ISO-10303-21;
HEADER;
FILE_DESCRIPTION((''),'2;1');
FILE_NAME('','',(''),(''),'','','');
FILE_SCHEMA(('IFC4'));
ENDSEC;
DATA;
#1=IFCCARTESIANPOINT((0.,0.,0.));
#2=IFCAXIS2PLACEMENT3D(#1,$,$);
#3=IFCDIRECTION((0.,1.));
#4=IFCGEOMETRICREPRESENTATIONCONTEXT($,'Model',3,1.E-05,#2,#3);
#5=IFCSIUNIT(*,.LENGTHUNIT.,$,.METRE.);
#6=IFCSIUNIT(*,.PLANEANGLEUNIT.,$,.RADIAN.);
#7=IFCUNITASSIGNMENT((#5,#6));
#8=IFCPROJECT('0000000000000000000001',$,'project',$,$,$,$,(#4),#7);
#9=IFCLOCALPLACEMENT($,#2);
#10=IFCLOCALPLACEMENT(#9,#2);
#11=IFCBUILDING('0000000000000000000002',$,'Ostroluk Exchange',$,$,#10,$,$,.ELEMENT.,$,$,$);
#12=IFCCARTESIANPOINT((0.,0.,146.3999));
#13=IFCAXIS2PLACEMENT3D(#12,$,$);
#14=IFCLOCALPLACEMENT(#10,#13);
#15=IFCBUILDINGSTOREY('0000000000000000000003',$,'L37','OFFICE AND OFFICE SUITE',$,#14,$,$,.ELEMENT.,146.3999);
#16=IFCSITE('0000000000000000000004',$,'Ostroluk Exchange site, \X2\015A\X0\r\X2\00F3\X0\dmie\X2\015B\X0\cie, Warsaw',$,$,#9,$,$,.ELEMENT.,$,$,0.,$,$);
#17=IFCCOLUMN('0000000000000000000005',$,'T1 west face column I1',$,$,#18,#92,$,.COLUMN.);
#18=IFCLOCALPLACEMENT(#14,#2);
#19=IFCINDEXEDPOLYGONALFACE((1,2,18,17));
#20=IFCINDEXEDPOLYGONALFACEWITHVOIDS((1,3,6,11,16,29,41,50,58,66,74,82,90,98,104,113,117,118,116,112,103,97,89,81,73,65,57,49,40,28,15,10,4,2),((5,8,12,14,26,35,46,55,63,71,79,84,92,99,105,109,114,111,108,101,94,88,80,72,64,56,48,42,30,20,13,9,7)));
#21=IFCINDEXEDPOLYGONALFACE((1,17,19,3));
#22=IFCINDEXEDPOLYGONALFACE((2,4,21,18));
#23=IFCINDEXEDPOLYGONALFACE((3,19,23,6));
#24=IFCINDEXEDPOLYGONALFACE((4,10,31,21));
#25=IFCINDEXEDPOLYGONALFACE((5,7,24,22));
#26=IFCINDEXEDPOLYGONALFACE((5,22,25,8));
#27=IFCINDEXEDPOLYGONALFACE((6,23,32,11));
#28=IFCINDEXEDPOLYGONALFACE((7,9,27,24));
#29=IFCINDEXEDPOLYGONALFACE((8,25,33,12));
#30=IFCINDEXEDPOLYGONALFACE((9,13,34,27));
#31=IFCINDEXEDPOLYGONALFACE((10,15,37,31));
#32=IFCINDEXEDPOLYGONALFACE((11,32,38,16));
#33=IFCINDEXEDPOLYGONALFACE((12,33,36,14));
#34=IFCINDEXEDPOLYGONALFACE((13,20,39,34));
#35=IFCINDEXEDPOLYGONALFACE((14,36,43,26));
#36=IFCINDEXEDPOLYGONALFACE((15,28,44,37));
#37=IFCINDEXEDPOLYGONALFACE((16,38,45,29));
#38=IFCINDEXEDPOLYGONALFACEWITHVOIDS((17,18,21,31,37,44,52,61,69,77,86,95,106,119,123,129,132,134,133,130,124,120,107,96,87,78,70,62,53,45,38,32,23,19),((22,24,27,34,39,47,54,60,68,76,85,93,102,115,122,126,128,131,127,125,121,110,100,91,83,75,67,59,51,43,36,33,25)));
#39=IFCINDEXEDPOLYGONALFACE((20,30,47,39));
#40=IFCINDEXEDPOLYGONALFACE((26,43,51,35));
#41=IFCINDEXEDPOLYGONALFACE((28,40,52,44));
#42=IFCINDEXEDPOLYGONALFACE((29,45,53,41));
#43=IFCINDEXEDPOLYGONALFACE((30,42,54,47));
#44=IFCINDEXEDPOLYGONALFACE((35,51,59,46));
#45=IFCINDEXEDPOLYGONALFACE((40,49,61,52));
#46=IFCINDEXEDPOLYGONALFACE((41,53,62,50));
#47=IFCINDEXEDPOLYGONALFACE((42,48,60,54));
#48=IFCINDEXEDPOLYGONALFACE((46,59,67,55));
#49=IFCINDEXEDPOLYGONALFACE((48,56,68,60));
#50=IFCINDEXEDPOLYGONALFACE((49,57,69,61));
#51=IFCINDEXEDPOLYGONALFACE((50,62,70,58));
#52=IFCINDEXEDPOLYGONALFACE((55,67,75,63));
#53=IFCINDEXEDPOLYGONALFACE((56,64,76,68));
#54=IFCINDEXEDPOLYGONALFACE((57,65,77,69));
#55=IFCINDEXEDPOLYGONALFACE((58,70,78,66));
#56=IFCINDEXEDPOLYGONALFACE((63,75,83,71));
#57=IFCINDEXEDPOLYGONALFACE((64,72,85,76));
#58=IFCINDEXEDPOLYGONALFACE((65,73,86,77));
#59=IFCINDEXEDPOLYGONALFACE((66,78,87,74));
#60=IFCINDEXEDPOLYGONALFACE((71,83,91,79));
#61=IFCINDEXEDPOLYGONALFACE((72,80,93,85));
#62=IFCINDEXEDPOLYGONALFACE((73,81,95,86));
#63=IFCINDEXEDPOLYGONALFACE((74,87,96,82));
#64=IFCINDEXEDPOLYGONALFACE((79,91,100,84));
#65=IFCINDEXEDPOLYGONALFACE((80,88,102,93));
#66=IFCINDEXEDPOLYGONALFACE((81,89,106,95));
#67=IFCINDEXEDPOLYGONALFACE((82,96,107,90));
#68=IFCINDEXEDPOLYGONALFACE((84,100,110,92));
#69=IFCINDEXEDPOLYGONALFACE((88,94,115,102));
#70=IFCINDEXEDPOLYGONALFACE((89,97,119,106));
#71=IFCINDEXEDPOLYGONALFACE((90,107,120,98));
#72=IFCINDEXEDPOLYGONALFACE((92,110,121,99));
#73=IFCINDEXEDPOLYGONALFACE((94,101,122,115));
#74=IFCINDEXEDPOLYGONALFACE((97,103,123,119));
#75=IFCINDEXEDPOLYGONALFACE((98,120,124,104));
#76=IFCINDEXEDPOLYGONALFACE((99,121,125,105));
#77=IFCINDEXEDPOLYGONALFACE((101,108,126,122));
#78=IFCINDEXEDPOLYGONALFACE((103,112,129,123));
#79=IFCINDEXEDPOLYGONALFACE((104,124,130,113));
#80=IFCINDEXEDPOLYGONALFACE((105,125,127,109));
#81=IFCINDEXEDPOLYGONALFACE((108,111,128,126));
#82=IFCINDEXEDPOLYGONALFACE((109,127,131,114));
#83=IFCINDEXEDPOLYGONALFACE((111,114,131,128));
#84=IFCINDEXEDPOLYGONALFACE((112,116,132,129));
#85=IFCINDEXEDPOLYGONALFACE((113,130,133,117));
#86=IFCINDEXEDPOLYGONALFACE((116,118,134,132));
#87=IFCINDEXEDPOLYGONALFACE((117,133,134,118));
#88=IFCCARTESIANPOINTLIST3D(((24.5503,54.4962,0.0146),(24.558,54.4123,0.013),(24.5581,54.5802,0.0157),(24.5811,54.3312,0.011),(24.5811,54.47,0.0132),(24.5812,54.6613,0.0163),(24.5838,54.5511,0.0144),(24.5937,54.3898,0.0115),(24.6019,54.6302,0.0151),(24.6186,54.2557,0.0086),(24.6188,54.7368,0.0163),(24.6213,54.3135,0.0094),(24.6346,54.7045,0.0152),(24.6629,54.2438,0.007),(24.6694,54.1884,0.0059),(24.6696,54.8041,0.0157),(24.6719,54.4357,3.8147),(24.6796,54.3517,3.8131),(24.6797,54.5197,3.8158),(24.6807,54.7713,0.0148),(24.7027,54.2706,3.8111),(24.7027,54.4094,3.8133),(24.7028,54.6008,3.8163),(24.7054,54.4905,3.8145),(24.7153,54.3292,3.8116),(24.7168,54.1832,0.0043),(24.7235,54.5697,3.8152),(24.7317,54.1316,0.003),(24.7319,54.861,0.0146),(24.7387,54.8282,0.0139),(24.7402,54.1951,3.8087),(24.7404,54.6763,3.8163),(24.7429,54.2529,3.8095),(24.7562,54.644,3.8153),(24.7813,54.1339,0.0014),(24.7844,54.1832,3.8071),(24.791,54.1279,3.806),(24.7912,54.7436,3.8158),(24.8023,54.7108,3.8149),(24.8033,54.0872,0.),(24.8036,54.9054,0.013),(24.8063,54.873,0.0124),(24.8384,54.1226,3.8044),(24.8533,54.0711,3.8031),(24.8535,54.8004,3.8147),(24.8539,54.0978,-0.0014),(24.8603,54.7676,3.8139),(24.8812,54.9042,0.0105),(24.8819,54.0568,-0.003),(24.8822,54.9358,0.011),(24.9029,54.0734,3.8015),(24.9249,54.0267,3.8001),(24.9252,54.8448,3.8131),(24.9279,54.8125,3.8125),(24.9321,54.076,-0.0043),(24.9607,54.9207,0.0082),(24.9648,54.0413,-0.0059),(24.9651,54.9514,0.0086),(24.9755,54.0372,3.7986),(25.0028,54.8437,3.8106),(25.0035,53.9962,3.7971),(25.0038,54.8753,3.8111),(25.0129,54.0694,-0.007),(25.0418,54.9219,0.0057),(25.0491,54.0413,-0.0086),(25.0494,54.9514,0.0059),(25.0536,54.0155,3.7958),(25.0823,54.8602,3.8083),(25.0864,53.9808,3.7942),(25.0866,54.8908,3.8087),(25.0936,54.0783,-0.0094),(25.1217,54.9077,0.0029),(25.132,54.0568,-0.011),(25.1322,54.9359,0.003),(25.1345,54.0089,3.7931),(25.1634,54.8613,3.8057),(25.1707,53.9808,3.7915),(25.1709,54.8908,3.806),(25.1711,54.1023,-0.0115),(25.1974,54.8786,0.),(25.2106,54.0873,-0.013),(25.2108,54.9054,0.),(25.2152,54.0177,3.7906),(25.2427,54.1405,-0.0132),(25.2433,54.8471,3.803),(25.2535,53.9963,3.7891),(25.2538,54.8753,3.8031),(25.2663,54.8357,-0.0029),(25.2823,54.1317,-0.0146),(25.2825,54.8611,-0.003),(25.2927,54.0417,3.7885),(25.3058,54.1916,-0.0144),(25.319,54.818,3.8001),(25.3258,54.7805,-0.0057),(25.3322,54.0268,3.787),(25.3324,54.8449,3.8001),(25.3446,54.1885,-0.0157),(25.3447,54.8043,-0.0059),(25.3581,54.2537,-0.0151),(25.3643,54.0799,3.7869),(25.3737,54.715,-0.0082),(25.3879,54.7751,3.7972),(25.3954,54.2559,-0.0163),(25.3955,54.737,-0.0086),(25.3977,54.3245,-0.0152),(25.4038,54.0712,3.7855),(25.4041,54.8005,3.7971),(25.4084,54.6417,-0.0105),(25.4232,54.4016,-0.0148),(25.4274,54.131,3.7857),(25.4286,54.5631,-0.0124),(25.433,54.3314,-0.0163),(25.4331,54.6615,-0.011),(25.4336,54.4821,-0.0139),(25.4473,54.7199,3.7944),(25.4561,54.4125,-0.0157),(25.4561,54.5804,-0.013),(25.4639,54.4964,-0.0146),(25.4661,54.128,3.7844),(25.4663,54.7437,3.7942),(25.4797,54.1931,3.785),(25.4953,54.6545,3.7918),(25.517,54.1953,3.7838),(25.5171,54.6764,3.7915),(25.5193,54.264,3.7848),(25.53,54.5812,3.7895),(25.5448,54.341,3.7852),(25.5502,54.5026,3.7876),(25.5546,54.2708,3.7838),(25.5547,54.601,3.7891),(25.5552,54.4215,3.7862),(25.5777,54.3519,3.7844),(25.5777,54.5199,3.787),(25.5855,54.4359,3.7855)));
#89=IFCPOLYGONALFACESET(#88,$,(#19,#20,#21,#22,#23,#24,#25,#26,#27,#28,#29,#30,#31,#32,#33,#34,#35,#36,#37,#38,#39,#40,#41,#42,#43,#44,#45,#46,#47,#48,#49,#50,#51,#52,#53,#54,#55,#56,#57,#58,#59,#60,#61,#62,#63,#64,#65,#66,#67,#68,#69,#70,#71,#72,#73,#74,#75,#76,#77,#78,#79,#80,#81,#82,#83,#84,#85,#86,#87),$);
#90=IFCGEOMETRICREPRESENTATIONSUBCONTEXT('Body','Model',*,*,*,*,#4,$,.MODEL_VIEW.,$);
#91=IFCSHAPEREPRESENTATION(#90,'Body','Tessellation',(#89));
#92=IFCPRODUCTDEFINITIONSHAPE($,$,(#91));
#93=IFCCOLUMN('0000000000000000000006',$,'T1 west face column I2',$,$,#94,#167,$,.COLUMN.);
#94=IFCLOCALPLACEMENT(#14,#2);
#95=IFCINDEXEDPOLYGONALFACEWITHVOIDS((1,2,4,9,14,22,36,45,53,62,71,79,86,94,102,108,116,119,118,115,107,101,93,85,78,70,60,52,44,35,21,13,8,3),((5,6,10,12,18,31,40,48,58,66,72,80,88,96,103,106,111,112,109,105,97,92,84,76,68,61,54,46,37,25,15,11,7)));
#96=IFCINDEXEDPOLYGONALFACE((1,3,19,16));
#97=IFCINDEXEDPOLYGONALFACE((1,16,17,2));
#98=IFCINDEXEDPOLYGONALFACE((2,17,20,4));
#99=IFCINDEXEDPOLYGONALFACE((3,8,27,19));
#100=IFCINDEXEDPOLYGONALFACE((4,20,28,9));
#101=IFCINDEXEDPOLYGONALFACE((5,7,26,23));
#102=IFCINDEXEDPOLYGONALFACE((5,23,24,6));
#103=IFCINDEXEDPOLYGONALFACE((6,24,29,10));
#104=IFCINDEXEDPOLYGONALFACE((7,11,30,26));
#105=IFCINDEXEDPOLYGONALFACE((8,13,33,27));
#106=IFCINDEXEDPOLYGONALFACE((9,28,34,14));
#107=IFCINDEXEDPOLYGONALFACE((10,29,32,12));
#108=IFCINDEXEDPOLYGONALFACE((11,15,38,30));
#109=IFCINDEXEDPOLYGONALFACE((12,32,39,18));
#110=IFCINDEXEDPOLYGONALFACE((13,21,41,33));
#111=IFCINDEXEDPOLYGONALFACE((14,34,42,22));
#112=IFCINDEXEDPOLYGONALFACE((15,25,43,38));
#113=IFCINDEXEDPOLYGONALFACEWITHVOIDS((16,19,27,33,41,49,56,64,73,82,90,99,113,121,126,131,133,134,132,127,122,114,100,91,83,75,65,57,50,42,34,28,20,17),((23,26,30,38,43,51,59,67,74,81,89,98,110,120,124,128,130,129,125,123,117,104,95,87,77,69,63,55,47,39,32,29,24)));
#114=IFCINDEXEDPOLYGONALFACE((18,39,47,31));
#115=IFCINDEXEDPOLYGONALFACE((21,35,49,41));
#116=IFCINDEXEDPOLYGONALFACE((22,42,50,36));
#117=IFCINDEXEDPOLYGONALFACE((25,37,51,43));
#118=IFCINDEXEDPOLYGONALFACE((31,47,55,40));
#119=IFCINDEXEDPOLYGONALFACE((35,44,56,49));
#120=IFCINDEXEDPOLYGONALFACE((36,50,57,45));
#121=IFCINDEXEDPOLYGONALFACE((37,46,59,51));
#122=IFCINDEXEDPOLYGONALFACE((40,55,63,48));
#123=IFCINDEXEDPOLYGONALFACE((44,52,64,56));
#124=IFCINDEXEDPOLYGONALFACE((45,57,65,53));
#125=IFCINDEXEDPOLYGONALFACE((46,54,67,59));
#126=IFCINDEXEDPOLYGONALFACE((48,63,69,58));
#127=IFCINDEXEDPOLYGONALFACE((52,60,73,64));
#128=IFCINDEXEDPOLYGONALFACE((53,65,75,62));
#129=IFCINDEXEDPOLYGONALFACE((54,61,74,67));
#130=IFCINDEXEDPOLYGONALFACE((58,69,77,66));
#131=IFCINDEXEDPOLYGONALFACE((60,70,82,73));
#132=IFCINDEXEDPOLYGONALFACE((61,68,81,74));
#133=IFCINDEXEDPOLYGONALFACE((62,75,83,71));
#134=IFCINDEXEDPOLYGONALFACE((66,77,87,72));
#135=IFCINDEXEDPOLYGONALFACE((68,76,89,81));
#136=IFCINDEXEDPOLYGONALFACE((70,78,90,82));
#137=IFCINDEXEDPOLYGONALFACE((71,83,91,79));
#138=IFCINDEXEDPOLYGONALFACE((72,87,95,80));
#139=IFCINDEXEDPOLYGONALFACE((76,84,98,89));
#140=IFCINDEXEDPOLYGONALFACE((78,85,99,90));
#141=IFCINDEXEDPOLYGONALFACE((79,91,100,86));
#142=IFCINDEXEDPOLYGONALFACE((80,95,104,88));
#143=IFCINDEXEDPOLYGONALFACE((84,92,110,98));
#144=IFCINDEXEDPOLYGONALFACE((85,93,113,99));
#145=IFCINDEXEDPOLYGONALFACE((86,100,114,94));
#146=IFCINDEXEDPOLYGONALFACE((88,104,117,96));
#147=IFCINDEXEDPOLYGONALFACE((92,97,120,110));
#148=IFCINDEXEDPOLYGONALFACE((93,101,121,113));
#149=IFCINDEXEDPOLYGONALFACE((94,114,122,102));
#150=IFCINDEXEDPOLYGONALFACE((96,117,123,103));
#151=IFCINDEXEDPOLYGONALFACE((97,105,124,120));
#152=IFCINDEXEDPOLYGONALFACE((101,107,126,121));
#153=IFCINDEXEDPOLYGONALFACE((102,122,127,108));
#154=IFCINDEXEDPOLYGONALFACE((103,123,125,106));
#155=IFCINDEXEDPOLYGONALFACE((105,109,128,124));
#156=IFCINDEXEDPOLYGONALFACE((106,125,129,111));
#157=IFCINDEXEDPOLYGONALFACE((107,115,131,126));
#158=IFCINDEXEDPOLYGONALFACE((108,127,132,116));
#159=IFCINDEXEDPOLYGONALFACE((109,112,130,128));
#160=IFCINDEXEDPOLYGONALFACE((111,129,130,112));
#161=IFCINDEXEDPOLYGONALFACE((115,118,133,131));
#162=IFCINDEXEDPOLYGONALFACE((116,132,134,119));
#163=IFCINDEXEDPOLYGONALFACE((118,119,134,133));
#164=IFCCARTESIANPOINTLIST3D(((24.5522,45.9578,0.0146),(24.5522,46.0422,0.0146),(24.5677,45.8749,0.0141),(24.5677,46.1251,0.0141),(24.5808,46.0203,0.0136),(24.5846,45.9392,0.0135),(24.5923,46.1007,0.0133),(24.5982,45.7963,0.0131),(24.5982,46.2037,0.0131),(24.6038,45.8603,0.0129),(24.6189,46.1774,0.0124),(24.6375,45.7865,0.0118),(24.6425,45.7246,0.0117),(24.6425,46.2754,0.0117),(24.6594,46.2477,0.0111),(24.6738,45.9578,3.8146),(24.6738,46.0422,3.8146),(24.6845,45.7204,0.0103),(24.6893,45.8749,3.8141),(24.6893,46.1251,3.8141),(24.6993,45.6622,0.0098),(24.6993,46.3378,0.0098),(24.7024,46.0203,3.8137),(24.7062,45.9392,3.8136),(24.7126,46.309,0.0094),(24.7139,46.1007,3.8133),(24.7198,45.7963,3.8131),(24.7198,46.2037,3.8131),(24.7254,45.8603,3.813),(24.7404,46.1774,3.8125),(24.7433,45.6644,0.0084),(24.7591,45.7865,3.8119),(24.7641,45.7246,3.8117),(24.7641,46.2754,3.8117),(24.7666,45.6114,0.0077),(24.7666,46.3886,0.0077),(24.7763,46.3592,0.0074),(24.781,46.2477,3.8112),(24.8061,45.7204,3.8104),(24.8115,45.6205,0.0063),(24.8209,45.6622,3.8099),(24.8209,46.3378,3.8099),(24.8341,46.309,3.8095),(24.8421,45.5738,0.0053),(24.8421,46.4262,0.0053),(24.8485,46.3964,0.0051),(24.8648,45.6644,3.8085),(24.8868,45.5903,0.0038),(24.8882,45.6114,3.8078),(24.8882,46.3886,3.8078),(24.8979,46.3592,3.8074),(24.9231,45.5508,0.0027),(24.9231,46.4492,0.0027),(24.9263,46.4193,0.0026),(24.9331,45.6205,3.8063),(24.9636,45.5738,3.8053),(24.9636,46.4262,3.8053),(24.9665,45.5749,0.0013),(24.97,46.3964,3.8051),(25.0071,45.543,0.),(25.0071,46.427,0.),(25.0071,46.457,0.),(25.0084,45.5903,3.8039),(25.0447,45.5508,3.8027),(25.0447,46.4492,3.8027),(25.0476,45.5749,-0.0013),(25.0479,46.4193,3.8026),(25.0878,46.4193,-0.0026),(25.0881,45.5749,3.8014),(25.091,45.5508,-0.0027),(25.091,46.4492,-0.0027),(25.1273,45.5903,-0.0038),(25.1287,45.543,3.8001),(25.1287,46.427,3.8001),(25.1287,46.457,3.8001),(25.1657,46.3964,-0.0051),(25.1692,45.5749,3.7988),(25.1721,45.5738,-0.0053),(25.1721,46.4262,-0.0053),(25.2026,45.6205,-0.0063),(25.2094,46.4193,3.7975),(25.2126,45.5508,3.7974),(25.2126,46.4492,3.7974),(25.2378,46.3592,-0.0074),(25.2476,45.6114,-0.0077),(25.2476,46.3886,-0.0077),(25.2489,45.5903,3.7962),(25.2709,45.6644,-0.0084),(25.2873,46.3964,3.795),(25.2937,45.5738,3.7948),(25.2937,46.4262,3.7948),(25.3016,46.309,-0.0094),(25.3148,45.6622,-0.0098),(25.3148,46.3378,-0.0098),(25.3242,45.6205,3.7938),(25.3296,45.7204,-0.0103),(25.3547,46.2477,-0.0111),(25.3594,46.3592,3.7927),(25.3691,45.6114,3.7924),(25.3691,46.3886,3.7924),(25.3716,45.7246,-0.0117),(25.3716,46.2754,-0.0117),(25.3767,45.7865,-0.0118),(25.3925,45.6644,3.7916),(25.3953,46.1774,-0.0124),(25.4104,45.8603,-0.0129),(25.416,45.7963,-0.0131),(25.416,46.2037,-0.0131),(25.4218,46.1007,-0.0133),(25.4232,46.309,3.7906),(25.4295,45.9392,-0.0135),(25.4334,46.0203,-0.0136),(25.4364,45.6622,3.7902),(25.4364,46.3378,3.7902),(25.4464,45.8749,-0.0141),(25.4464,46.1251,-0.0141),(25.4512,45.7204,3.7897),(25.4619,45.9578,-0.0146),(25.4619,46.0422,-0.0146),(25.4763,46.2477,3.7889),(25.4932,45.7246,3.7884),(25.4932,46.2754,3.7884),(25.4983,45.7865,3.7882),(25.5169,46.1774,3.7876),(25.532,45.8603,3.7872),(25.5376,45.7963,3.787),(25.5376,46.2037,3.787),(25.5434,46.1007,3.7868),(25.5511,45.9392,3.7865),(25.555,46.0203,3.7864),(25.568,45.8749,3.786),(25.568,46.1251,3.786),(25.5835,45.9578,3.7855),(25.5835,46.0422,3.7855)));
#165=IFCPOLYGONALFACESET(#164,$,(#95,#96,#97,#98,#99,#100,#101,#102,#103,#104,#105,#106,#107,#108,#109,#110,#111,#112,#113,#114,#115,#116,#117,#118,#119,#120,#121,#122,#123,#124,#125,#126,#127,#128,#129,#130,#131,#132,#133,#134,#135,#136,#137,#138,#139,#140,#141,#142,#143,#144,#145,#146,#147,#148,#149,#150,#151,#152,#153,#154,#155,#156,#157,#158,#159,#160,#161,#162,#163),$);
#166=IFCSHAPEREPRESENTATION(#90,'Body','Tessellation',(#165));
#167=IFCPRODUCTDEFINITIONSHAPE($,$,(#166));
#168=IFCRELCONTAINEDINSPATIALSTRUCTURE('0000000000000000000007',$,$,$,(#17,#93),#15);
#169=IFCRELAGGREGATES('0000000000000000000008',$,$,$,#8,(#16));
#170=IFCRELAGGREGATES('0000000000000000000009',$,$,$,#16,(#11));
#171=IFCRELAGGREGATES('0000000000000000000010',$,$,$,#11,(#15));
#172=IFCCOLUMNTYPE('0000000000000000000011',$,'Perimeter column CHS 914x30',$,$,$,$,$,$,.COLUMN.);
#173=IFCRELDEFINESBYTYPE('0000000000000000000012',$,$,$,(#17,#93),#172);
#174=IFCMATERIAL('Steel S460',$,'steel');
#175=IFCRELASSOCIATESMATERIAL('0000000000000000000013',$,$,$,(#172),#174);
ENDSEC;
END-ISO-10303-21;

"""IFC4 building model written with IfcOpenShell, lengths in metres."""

from ifc_helpers import new_model, si_unit, direction, frame, origin, origin_2d, place, context, subcontext, project, spatial, hollow_circle, extrude, material, material_profile, profile_set, type_object, element, save


model = new_model("IFC4")

# Units and contexts
model_context = context("Model", 3, precision=1e-05, world=origin(), true_north=direction((0.0, 1.0)))
body_context = subcontext(model_context, "Body", "Model", "MODEL_VIEW")
ifc_project = project(units=[si_unit("LENGTHUNIT", "METRE"), si_unit("PLANEANGLEUNIT", "RADIAN")], contexts=[model_context])

# Site, building, storey
site_placement = place(None, origin())
site = spatial("IfcSite", under=ifc_project, at=site_placement, Name="Ostroluk Exchange site, Śródmieście, Warsaw", CompositionType="ELEMENT", RefElevation=0.0)
building_placement = place(site_placement, origin())
building = spatial("IfcBuilding", under=site, at=building_placement, Name="Ostroluk Exchange", CompositionType="ELEMENT")
storey_placement = place(building_placement, frame((0.0, 0.0, 146.3999)))
storey = spatial("IfcBuildingStorey", under=building, at=storey_placement, Name="L37", Description="OFFICE AND OFFICE SUITE", CompositionType="ELEMENT", Elevation=146.3999)

# Columns
ifc_material_1 = material(Name="Steel S460", Category="steel")
ifc_material_profile_1 = material_profile(ifc_material_1, hollow_circle(Radius=0.457, WallThickness=0.03, at=origin_2d()), Name="CHS 914x30")
ifc_profile_set_1 = profile_set([ifc_material_profile_1], Name="Steel S460")
column_type = type_object("IfcColumnType", Name="Perimeter column CHS 914x30", PredefinedType="COLUMN", material=ifc_profile_set_1)
column_1_placement = place(storey_placement, frame((25.0071, 54.4963, 0.0), z_axis=(0.031974, -0.015923, 0.999362), x_axis=(0.445775, 0.895145, 0.0)))
element("IfcColumn", 1, at=column_1_placement, inside=storey, type_object=column_type, Name="T1 west face column I1", PredefinedType="COLUMN", context=body_context, shape_type="SweptSolid", body=[
    extrude(hollow_circle(Radius=0.457, WallThickness=0.03, at=origin_2d()), origin(), (0.0, 0.0, 1.0), 3.8025),
])
column_2_placement = place(storey_placement, frame((25.0071, 46.0, 0.0), z_axis=(0.031978, 0.0, 0.999489), x_axis=(0.0, 1.0, 0.0)))
element("IfcColumn", 2, at=column_2_placement, inside=storey, type_object=column_type, Name="T1 west face column I2", PredefinedType="COLUMN", context=body_context, shape_type="SweptSolid", body=[
    extrude(hollow_circle(Radius=0.457, WallThickness=0.03, at=origin_2d()), origin(), (0.0, 0.0, 1.0), 3.802),
])

save(model, "model.ifc")
